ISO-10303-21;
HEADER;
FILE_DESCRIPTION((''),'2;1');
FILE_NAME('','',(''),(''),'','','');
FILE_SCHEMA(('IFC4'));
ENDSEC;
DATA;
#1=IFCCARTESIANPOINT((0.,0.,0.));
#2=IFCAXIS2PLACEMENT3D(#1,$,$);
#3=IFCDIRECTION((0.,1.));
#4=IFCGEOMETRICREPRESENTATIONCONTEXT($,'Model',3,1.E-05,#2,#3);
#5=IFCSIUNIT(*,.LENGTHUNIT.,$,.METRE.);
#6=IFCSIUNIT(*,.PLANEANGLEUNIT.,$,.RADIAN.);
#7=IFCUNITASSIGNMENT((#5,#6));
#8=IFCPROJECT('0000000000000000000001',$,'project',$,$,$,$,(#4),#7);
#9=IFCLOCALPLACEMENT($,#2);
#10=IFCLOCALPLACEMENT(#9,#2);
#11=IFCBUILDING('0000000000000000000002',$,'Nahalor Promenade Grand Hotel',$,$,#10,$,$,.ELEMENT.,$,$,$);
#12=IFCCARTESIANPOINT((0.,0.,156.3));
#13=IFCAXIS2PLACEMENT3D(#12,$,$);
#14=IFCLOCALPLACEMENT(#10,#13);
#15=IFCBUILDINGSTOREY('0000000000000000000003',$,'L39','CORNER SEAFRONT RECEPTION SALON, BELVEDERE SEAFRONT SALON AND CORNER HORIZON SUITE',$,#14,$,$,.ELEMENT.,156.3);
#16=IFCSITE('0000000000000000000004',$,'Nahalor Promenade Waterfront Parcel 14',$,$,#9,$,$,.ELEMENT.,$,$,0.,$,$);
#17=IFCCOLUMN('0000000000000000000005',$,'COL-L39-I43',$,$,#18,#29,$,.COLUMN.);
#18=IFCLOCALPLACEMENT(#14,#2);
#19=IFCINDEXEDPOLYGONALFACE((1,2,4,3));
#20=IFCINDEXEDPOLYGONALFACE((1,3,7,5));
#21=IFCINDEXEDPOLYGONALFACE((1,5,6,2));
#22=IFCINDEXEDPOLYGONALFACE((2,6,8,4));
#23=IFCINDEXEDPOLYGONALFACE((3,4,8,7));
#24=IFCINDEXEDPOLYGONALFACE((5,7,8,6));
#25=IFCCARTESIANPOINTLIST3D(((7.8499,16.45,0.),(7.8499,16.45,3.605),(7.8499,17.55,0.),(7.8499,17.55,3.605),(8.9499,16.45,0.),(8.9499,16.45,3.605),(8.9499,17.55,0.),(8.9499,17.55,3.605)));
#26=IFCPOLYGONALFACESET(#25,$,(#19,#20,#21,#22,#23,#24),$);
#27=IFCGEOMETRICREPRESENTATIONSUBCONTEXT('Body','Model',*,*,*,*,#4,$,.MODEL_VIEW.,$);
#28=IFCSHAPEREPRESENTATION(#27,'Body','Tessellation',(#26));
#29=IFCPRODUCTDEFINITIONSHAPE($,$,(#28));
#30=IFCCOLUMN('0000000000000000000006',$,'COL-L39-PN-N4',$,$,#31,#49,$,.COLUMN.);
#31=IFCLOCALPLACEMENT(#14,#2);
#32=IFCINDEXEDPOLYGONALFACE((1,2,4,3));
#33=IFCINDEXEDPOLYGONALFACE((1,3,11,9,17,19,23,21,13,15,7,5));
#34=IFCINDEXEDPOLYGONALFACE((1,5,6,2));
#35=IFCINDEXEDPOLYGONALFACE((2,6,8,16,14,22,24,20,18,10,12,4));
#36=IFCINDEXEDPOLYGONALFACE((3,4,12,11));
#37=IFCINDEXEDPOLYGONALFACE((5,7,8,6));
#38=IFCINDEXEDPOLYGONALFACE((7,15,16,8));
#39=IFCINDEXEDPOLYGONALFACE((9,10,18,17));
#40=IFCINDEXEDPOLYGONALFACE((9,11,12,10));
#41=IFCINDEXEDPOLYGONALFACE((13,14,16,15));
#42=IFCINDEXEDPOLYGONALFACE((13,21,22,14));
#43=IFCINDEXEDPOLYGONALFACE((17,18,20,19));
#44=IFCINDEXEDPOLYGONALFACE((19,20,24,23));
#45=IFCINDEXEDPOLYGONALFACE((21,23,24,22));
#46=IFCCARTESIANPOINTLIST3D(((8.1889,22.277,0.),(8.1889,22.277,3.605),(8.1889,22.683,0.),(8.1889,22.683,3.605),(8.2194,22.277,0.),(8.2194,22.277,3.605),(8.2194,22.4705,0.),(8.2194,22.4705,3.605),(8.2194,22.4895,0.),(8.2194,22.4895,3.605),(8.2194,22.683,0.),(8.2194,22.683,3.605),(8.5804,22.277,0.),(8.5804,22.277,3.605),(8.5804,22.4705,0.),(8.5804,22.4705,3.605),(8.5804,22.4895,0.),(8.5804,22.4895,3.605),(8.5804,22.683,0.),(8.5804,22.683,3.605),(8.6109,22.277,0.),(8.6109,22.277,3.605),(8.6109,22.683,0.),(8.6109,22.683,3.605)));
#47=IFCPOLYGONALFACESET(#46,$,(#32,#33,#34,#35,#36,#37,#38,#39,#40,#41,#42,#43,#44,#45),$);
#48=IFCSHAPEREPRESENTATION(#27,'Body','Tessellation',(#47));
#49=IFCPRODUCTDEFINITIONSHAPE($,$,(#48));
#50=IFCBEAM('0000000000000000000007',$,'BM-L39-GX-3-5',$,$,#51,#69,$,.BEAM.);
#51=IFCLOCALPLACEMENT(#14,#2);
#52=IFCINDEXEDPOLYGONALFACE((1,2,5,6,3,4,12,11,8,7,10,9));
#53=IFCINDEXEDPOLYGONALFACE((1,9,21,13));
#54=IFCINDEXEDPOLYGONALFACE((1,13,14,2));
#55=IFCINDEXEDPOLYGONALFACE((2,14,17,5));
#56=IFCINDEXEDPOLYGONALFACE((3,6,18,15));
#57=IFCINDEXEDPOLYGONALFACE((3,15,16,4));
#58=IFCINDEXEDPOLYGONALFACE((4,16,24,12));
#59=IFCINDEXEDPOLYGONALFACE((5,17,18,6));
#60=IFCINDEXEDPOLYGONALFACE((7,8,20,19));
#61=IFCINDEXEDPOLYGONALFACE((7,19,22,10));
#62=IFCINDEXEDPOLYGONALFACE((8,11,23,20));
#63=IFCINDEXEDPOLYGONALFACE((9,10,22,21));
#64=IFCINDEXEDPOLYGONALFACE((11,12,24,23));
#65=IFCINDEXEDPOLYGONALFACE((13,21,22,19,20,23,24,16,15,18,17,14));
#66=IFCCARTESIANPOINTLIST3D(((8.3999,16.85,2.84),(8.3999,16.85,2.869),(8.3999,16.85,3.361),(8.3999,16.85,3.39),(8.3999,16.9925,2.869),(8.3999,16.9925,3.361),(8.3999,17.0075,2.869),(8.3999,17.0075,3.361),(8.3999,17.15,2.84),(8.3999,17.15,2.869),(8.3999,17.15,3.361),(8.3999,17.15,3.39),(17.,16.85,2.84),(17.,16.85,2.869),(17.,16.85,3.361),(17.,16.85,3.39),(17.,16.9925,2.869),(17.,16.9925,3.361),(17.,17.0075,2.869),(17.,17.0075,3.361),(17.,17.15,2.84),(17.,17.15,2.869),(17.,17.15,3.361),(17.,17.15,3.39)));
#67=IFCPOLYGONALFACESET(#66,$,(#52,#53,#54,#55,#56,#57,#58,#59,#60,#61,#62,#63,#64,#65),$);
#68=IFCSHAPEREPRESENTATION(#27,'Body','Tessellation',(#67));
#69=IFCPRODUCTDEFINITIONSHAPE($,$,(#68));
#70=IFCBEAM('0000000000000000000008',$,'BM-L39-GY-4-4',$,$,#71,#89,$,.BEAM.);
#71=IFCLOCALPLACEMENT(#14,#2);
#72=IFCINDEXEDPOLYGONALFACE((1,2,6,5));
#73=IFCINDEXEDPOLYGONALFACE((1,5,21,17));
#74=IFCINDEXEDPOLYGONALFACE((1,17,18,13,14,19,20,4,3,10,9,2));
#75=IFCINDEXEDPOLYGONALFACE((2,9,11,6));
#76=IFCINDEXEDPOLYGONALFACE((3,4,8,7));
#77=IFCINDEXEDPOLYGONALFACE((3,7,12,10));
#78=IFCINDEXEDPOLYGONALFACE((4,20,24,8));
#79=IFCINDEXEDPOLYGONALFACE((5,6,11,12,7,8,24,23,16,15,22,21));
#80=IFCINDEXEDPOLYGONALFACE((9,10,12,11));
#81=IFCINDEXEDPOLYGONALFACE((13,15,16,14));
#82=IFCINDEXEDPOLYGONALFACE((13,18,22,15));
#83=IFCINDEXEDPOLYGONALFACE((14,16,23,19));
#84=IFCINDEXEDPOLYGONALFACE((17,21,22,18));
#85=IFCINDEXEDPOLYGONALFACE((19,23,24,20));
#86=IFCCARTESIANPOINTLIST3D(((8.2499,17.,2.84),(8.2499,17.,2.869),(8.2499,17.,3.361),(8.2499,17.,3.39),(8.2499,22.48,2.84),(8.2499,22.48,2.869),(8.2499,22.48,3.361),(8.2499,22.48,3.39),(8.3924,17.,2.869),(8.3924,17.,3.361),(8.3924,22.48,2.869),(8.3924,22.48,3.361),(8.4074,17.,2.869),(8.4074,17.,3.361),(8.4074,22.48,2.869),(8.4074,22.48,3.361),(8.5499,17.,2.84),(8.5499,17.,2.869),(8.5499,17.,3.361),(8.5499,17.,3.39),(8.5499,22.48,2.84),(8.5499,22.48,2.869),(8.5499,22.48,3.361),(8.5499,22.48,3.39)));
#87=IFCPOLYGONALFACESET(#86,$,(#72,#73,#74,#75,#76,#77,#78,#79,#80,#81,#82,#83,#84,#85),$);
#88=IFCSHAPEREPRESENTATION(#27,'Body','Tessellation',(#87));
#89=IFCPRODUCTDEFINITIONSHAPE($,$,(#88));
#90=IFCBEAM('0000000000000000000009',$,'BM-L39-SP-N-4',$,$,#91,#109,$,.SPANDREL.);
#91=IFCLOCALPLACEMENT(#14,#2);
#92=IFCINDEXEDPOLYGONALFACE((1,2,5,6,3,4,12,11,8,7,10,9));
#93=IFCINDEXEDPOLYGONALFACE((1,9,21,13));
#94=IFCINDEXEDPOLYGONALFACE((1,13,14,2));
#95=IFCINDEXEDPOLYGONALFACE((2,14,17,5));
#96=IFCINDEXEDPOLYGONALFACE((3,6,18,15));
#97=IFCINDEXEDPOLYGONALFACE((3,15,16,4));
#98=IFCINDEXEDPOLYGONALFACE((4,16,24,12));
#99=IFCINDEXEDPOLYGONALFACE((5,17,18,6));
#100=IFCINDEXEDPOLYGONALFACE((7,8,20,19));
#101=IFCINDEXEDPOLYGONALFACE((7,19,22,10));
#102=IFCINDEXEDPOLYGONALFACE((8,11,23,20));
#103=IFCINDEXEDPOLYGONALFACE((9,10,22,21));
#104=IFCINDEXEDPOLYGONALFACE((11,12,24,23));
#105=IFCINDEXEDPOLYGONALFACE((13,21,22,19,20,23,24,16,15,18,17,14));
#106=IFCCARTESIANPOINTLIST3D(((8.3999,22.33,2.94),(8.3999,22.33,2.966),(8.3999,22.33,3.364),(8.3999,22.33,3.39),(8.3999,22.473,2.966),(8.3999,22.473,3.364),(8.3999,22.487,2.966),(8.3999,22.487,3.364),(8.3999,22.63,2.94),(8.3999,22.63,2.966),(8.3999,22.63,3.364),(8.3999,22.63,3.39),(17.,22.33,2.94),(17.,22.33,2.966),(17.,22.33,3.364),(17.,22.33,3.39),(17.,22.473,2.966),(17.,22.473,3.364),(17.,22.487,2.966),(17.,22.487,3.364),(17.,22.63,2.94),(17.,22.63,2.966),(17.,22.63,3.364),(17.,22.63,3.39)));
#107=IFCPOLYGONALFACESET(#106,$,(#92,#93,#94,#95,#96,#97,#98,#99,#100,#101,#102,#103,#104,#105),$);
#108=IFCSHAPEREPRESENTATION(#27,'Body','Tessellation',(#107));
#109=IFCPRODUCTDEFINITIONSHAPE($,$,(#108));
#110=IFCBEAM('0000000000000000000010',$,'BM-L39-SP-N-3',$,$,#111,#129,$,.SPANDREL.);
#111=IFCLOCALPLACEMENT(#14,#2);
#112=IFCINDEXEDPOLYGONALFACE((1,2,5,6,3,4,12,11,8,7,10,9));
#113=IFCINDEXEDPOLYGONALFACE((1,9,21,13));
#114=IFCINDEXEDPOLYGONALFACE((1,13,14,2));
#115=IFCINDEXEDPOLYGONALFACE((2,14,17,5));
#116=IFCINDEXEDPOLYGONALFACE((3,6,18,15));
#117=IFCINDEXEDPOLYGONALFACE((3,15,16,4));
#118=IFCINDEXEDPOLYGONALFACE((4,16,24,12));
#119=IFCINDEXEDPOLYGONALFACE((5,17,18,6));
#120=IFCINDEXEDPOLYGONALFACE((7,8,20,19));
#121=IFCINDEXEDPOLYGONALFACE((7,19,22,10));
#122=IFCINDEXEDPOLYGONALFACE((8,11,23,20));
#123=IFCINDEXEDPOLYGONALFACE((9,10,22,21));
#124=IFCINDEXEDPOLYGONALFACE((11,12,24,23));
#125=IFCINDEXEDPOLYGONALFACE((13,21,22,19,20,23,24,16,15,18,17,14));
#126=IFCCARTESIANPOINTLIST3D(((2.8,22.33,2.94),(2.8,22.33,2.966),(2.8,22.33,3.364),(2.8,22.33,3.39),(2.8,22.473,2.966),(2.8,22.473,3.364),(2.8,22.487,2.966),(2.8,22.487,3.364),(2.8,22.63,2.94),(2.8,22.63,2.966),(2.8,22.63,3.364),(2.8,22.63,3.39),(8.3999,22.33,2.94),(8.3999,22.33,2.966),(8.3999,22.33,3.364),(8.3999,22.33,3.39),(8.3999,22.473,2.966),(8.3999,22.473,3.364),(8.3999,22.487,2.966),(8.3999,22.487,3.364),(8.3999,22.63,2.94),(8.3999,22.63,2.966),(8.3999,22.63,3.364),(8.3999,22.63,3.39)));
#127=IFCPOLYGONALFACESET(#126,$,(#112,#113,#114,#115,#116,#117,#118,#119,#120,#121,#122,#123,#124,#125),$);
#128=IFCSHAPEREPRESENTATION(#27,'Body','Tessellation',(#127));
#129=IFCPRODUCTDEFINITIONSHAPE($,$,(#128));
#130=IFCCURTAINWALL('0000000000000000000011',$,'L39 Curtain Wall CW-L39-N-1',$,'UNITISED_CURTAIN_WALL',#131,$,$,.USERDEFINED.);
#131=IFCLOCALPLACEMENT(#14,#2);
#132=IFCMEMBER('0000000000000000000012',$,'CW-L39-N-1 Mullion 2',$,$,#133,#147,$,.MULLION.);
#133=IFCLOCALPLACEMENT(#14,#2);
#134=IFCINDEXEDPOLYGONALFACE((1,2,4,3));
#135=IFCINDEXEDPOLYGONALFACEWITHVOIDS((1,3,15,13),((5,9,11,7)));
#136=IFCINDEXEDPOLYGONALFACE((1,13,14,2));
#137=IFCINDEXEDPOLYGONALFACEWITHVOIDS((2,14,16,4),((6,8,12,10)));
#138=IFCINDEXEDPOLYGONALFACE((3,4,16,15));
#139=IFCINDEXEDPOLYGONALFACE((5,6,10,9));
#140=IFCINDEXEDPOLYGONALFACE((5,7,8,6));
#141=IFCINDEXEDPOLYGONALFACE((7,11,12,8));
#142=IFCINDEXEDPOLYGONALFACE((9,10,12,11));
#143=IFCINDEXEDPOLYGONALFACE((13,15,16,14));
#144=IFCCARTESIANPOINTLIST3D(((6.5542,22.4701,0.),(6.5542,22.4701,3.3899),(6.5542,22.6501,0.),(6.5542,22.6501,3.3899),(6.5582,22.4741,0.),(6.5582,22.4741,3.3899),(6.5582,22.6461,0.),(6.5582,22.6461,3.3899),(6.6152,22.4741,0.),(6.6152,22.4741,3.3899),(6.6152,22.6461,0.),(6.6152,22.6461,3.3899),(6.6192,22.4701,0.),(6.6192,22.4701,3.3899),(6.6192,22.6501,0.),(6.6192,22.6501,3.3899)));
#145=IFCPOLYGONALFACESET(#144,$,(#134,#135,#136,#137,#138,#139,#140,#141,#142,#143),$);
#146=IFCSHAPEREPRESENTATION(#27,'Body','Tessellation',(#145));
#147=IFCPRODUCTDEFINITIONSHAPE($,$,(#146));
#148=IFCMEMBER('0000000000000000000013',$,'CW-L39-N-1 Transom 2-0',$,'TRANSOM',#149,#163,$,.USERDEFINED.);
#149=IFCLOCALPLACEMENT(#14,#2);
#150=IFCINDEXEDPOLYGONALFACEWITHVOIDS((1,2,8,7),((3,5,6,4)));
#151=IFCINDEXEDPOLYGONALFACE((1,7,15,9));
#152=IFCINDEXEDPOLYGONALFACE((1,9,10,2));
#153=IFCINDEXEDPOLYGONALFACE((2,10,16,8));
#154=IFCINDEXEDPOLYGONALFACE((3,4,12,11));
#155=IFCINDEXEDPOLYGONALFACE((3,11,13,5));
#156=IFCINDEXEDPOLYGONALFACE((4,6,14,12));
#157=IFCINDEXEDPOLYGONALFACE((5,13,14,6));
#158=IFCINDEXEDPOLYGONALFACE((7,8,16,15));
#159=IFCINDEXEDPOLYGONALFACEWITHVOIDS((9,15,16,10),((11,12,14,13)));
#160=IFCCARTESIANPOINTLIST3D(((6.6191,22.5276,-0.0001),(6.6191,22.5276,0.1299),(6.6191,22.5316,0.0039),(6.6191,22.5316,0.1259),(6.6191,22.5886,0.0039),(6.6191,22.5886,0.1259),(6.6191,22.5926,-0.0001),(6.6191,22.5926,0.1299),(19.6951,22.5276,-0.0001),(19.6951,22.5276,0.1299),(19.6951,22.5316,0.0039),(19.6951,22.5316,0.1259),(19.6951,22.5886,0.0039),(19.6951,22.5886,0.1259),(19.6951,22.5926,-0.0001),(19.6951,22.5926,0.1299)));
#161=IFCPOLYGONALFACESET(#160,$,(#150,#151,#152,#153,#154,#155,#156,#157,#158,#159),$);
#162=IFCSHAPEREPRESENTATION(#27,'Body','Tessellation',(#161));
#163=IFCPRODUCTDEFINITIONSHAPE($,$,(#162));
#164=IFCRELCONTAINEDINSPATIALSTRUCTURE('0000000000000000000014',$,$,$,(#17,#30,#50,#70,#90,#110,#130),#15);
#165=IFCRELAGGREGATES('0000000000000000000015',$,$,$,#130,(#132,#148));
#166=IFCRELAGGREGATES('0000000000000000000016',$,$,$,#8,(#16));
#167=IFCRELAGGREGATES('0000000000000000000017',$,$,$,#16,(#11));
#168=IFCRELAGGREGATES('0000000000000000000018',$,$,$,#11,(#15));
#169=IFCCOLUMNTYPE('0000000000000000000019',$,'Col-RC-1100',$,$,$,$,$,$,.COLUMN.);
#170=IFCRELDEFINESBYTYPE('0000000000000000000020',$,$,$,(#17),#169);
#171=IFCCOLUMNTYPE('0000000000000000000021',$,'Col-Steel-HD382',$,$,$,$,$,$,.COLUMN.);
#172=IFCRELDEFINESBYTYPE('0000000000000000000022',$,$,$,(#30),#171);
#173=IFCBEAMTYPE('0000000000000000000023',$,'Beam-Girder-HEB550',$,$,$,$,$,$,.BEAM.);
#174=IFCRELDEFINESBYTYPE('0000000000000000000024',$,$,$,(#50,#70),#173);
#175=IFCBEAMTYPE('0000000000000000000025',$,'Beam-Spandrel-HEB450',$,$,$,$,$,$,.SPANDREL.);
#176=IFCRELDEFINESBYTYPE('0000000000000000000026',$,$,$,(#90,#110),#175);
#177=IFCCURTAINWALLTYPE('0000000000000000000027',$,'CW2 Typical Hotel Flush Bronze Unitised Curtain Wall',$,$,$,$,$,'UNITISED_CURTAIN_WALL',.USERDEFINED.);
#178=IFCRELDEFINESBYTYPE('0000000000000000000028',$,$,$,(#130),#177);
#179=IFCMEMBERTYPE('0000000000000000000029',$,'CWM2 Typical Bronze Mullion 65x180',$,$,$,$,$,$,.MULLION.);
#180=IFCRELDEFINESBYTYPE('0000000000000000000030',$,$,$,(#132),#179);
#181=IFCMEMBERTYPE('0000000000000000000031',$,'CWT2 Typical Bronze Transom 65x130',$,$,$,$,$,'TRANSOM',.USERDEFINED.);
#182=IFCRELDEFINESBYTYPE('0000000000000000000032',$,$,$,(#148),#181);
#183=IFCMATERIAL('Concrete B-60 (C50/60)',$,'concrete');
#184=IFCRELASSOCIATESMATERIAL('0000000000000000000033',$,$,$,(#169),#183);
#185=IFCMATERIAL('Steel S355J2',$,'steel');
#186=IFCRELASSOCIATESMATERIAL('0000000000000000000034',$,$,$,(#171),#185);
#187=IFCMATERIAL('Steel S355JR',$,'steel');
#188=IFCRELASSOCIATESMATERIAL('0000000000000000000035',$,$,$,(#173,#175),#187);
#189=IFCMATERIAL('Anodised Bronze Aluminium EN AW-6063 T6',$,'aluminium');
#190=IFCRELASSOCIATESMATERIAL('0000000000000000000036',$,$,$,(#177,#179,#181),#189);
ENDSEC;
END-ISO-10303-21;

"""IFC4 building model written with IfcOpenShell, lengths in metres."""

from ifc_helpers import new_model, si_unit, direction, frame, origin, origin_2d, place, context, subcontext, project, spatial, rectangle, hollow_rectangle, i_section, extrude, source, transform, mapped, material, material_profile, profile_set, type_object, element, aggregate, save


model = new_model("IFC4")

# Units and contexts
model_context = context("Model", 3, precision=1e-05, world=origin(), true_north=direction((0.0, 1.0)))
body_context = subcontext(model_context, "Body", "Model", "MODEL_VIEW")
ifc_project = project(units=[si_unit("LENGTHUNIT", "METRE"), si_unit("PLANEANGLEUNIT", "RADIAN")], contexts=[model_context])

# Site, building, storey
site_placement = place(None, origin())
site = spatial("IfcSite", under=ifc_project, at=site_placement, Name="Nahalor Promenade Waterfront Parcel 14", CompositionType="ELEMENT", RefElevation=0.0)
building_placement = place(site_placement, origin())
building = spatial("IfcBuilding", under=site, at=building_placement, Name="Nahalor Promenade Grand Hotel", CompositionType="ELEMENT")
storey_placement = place(building_placement, frame((0.0, 0.0, 156.3)))
storey = spatial("IfcBuildingStorey", under=building, at=storey_placement, Name="L39", Description="CORNER SEAFRONT RECEPTION SALON, BELVEDERE SEAFRONT SALON AND CORNER HORIZON SUITE", CompositionType="ELEMENT", Elevation=156.3)

# Columns
ifc_material_1 = material(Name="Concrete B-60 (C50/60)", Category="concrete")
ifc_material_profile_1 = material_profile(ifc_material_1, rectangle(XDim=1.1, YDim=1.1, at=origin_2d()), Name="RC 1100x1100")
ifc_profile_set_1 = profile_set([ifc_material_profile_1], Name="Concrete B-60 (C50/60)")
column_type_1 = type_object("IfcColumnType", Name="Col-RC-1100", PredefinedType="COLUMN", material=ifc_profile_set_1)
shared_shape_1 = source(origin(), body_context, "Body", "SweptSolid", [
    extrude(rectangle(XDim=1.1, YDim=1.1, at=origin_2d()), origin(), (0.0, 0.0, 1.0), 3.605),
])
column_1_placement = place(storey_placement, frame((8.3999, 17.0, 0.0), z_axis=(0.0, 0.0, 1.0), x_axis=(1.0, 0.0, 0.0)))
element("IfcColumn", 1, at=column_1_placement, inside=storey, type_object=column_type_1, Name="COL-L39-I43", PredefinedType="COLUMN", context=body_context, shape_type="MappedRepresentation", body=[
    mapped(shared_shape_1, transform((0.0, 0.0, 0.0), scale=1.0)),
])
ifc_material_2 = material(Name="Steel S355J2", Category="steel")
ifc_material_profile_2 = material_profile(ifc_material_2, i_section(OverallWidth=0.406, OverallDepth=0.422, WebThickness=0.019, FlangeThickness=0.0305, at=origin_2d()), Name="HD 400x382")
ifc_profile_set_2 = profile_set([ifc_material_profile_2], Name="Steel S355J2")
column_type_2 = type_object("IfcColumnType", Name="Col-Steel-HD382", PredefinedType="COLUMN", material=ifc_profile_set_2)
shared_shape_2 = source(origin(), body_context, "Body", "SweptSolid", [
    extrude(i_section(OverallWidth=0.406, OverallDepth=0.422, WebThickness=0.019, FlangeThickness=0.0305, at=origin_2d()), origin(), (0.0, 0.0, 1.0), 3.605),
])
column_2_placement = place(storey_placement, frame((8.3999, 22.48, 0.0), z_axis=(0.0, 0.0, 1.0), x_axis=(0.0, 1.0, 0.0)))
element("IfcColumn", 2, at=column_2_placement, inside=storey, type_object=column_type_2, Name="COL-L39-PN-N4", PredefinedType="COLUMN", context=body_context, shape_type="MappedRepresentation", body=[
    mapped(shared_shape_2, transform((0.0, 0.0, 0.0), scale=1.0)),
])

# Beams
ifc_material_3 = material(Name="Steel S355JR", Category="steel")
ifc_material_profile_3 = material_profile(ifc_material_3, i_section(OverallWidth=0.3, OverallDepth=0.55, WebThickness=0.015, FlangeThickness=0.029, at=origin_2d()), Name="HEB 550")
ifc_profile_set_3 = profile_set([ifc_material_profile_3], Name="Steel S355JR")
beam_type_1 = type_object("IfcBeamType", Name="Beam-Girder-HEB550", PredefinedType="BEAM", material=ifc_profile_set_3)
shared_shape_3 = source(origin(), body_context, "Body", "SweptSolid", [
    extrude(i_section(OverallWidth=0.3, OverallDepth=0.55, WebThickness=0.015, FlangeThickness=0.029, at=origin_2d()), origin(), (0.0, 0.0, 1.0), 8.6001),
])
beam_1_placement = place(storey_placement, frame((8.3999, 17.0, 3.115), z_axis=(1.0, 0.0, 0.0), x_axis=(0.0, 1.0, 0.0)))
element("IfcBeam", 3, at=beam_1_placement, inside=storey, type_object=beam_type_1, Name="BM-L39-GX-3-5", PredefinedType="BEAM", context=body_context, shape_type="MappedRepresentation", body=[
    mapped(shared_shape_3, transform((0.0, 0.0, 0.0), scale=1.0)),
])
shared_shape_4 = source(origin(), body_context, "Body", "SweptSolid", [
    extrude(i_section(OverallWidth=0.3, OverallDepth=0.55, WebThickness=0.015, FlangeThickness=0.029, at=origin_2d()), origin(), (0.0, 0.0, 1.0), 5.48),
])
beam_2_placement = place(storey_placement, frame((8.3999, 17.0, 3.115), z_axis=(0.0, 1.0, 0.0), x_axis=(-1.0, 0.0, 0.0)))
element("IfcBeam", 4, at=beam_2_placement, inside=storey, type_object=beam_type_1, Name="BM-L39-GY-4-4", PredefinedType="BEAM", context=body_context, shape_type="MappedRepresentation", body=[
    mapped(shared_shape_4, transform((0.0, 0.0, 0.0), scale=1.0)),
])
ifc_material_profile_4 = material_profile(ifc_material_3, i_section(OverallWidth=0.3, OverallDepth=0.45, WebThickness=0.014, FlangeThickness=0.026, at=origin_2d()), Name="HEB 450")
ifc_profile_set_4 = profile_set([ifc_material_profile_4], Name="Steel S355JR")
beam_type_2 = type_object("IfcBeamType", Name="Beam-Spandrel-HEB450", PredefinedType="SPANDREL", material=ifc_profile_set_4)
shared_shape_5 = source(origin(), body_context, "Body", "SweptSolid", [
    extrude(i_section(OverallWidth=0.3, OverallDepth=0.45, WebThickness=0.014, FlangeThickness=0.026, at=origin_2d()), origin(), (0.0, 0.0, 1.0), 8.6001),
])
beam_3_placement = place(storey_placement, frame((8.3999, 22.48, 3.165), z_axis=(1.0, 0.0, 0.0), x_axis=(0.0, 1.0, 0.0)))
element("IfcBeam", 5, at=beam_3_placement, inside=storey, type_object=beam_type_2, Name="BM-L39-SP-N-4", PredefinedType="SPANDREL", context=body_context, shape_type="MappedRepresentation", body=[
    mapped(shared_shape_5, transform((0.0, 0.0, 0.0), scale=1.0)),
])
shared_shape_6 = source(origin(), body_context, "Body", "SweptSolid", [
    extrude(i_section(OverallWidth=0.3, OverallDepth=0.45, WebThickness=0.014, FlangeThickness=0.026, at=origin_2d()), origin(), (0.0, 0.0, 1.0), 5.5999),
])
beam_4_placement = place(storey_placement, frame((2.8, 22.48, 3.165), z_axis=(1.0, 0.0, 0.0), x_axis=(0.0, 1.0, 0.0)))
element("IfcBeam", 6, at=beam_4_placement, inside=storey, type_object=beam_type_2, Name="BM-L39-SP-N-3", PredefinedType="SPANDREL", context=body_context, shape_type="MappedRepresentation", body=[
    mapped(shared_shape_6, transform((0.0, 0.0, 0.0), scale=1.0)),
])

# Curtain wall, members
ifc_material_4 = material(Name="Anodised Bronze Aluminium EN AW-6063 T6", Category="aluminium")
curtain_wall_type = type_object("IfcCurtainWallType", Name="CW2 Typical Hotel Flush Bronze Unitised Curtain Wall", ElementType="UNITISED_CURTAIN_WALL", PredefinedType="USERDEFINED", material=ifc_material_4)
curtain_wall_placement = place(storey_placement, origin())
curtain_wall = element("IfcCurtainWall", 7, at=curtain_wall_placement, inside=storey, type_object=curtain_wall_type, Name="L39 Curtain Wall CW-L39-N-1", ObjectType="UNITISED_CURTAIN_WALL", PredefinedType="USERDEFINED")
ifc_material_profile_5 = material_profile(ifc_material_4, hollow_rectangle(XDim=0.065, YDim=0.18, WallThickness=0.004, at=origin_2d()), Name="CWM 65x180x4")
ifc_profile_set_5 = profile_set([ifc_material_profile_5], Name="Anodised Bronze Aluminium EN AW-6063 T6")
member_type_1 = type_object("IfcMemberType", Name="CWM2 Typical Bronze Mullion 65x180", PredefinedType="MULLION", material=ifc_profile_set_5)
shared_shape_7 = source(origin(), body_context, "Body", "SweptSolid", [
    extrude(hollow_rectangle(XDim=0.065, YDim=0.18, WallThickness=0.004, at=origin_2d()), origin(), (0.0, 0.0, 1.0), 3.3899),
])
member_1_placement = place(storey_placement, frame((6.5867, 22.5601, 0.0), z_axis=(0.0, 0.0, 1.0), x_axis=(1.0, 0.0, 0.0)))
member_1 = element("IfcMember", 8, at=member_1_placement, type_object=member_type_1, Name="CW-L39-N-1 Mullion 2", PredefinedType="MULLION", context=body_context, shape_type="MappedRepresentation", body=[
    mapped(shared_shape_7, transform((0.0, 0.0, 0.0), scale=1.0)),
])
ifc_material_profile_6 = material_profile(ifc_material_4, hollow_rectangle(XDim=0.065, YDim=0.13, WallThickness=0.004, at=origin_2d()), Name="CWT 65x130x4")
ifc_profile_set_6 = profile_set([ifc_material_profile_6], Name="Anodised Bronze Aluminium EN AW-6063 T6")
member_type_2 = type_object("IfcMemberType", Name="CWT2 Typical Bronze Transom 65x130", ElementType="TRANSOM", PredefinedType="USERDEFINED", material=ifc_profile_set_6)
shared_shape_8 = source(origin(), body_context, "Body", "SweptSolid", [
    extrude(hollow_rectangle(XDim=0.065, YDim=0.13, WallThickness=0.004, at=origin_2d()), origin(), (0.0, 0.0, 1.0), 13.0759),
])
member_2_placement = place(storey_placement, frame((6.6191, 22.5601, 0.0649), z_axis=(1.0, 0.0, 0.0), x_axis=(0.0, 1.0, 0.0)))
member_2 = element("IfcMember", 9, at=member_2_placement, type_object=member_type_2, Name="CW-L39-N-1 Transom 2-0", ObjectType="TRANSOM", PredefinedType="USERDEFINED", context=body_context, shape_type="MappedRepresentation", body=[
    mapped(shared_shape_8, transform((0.0, 0.0, 0.0), scale=1.0)),
])
aggregate(curtain_wall, [member_1, member_2])

save(model, "model.ifc")
